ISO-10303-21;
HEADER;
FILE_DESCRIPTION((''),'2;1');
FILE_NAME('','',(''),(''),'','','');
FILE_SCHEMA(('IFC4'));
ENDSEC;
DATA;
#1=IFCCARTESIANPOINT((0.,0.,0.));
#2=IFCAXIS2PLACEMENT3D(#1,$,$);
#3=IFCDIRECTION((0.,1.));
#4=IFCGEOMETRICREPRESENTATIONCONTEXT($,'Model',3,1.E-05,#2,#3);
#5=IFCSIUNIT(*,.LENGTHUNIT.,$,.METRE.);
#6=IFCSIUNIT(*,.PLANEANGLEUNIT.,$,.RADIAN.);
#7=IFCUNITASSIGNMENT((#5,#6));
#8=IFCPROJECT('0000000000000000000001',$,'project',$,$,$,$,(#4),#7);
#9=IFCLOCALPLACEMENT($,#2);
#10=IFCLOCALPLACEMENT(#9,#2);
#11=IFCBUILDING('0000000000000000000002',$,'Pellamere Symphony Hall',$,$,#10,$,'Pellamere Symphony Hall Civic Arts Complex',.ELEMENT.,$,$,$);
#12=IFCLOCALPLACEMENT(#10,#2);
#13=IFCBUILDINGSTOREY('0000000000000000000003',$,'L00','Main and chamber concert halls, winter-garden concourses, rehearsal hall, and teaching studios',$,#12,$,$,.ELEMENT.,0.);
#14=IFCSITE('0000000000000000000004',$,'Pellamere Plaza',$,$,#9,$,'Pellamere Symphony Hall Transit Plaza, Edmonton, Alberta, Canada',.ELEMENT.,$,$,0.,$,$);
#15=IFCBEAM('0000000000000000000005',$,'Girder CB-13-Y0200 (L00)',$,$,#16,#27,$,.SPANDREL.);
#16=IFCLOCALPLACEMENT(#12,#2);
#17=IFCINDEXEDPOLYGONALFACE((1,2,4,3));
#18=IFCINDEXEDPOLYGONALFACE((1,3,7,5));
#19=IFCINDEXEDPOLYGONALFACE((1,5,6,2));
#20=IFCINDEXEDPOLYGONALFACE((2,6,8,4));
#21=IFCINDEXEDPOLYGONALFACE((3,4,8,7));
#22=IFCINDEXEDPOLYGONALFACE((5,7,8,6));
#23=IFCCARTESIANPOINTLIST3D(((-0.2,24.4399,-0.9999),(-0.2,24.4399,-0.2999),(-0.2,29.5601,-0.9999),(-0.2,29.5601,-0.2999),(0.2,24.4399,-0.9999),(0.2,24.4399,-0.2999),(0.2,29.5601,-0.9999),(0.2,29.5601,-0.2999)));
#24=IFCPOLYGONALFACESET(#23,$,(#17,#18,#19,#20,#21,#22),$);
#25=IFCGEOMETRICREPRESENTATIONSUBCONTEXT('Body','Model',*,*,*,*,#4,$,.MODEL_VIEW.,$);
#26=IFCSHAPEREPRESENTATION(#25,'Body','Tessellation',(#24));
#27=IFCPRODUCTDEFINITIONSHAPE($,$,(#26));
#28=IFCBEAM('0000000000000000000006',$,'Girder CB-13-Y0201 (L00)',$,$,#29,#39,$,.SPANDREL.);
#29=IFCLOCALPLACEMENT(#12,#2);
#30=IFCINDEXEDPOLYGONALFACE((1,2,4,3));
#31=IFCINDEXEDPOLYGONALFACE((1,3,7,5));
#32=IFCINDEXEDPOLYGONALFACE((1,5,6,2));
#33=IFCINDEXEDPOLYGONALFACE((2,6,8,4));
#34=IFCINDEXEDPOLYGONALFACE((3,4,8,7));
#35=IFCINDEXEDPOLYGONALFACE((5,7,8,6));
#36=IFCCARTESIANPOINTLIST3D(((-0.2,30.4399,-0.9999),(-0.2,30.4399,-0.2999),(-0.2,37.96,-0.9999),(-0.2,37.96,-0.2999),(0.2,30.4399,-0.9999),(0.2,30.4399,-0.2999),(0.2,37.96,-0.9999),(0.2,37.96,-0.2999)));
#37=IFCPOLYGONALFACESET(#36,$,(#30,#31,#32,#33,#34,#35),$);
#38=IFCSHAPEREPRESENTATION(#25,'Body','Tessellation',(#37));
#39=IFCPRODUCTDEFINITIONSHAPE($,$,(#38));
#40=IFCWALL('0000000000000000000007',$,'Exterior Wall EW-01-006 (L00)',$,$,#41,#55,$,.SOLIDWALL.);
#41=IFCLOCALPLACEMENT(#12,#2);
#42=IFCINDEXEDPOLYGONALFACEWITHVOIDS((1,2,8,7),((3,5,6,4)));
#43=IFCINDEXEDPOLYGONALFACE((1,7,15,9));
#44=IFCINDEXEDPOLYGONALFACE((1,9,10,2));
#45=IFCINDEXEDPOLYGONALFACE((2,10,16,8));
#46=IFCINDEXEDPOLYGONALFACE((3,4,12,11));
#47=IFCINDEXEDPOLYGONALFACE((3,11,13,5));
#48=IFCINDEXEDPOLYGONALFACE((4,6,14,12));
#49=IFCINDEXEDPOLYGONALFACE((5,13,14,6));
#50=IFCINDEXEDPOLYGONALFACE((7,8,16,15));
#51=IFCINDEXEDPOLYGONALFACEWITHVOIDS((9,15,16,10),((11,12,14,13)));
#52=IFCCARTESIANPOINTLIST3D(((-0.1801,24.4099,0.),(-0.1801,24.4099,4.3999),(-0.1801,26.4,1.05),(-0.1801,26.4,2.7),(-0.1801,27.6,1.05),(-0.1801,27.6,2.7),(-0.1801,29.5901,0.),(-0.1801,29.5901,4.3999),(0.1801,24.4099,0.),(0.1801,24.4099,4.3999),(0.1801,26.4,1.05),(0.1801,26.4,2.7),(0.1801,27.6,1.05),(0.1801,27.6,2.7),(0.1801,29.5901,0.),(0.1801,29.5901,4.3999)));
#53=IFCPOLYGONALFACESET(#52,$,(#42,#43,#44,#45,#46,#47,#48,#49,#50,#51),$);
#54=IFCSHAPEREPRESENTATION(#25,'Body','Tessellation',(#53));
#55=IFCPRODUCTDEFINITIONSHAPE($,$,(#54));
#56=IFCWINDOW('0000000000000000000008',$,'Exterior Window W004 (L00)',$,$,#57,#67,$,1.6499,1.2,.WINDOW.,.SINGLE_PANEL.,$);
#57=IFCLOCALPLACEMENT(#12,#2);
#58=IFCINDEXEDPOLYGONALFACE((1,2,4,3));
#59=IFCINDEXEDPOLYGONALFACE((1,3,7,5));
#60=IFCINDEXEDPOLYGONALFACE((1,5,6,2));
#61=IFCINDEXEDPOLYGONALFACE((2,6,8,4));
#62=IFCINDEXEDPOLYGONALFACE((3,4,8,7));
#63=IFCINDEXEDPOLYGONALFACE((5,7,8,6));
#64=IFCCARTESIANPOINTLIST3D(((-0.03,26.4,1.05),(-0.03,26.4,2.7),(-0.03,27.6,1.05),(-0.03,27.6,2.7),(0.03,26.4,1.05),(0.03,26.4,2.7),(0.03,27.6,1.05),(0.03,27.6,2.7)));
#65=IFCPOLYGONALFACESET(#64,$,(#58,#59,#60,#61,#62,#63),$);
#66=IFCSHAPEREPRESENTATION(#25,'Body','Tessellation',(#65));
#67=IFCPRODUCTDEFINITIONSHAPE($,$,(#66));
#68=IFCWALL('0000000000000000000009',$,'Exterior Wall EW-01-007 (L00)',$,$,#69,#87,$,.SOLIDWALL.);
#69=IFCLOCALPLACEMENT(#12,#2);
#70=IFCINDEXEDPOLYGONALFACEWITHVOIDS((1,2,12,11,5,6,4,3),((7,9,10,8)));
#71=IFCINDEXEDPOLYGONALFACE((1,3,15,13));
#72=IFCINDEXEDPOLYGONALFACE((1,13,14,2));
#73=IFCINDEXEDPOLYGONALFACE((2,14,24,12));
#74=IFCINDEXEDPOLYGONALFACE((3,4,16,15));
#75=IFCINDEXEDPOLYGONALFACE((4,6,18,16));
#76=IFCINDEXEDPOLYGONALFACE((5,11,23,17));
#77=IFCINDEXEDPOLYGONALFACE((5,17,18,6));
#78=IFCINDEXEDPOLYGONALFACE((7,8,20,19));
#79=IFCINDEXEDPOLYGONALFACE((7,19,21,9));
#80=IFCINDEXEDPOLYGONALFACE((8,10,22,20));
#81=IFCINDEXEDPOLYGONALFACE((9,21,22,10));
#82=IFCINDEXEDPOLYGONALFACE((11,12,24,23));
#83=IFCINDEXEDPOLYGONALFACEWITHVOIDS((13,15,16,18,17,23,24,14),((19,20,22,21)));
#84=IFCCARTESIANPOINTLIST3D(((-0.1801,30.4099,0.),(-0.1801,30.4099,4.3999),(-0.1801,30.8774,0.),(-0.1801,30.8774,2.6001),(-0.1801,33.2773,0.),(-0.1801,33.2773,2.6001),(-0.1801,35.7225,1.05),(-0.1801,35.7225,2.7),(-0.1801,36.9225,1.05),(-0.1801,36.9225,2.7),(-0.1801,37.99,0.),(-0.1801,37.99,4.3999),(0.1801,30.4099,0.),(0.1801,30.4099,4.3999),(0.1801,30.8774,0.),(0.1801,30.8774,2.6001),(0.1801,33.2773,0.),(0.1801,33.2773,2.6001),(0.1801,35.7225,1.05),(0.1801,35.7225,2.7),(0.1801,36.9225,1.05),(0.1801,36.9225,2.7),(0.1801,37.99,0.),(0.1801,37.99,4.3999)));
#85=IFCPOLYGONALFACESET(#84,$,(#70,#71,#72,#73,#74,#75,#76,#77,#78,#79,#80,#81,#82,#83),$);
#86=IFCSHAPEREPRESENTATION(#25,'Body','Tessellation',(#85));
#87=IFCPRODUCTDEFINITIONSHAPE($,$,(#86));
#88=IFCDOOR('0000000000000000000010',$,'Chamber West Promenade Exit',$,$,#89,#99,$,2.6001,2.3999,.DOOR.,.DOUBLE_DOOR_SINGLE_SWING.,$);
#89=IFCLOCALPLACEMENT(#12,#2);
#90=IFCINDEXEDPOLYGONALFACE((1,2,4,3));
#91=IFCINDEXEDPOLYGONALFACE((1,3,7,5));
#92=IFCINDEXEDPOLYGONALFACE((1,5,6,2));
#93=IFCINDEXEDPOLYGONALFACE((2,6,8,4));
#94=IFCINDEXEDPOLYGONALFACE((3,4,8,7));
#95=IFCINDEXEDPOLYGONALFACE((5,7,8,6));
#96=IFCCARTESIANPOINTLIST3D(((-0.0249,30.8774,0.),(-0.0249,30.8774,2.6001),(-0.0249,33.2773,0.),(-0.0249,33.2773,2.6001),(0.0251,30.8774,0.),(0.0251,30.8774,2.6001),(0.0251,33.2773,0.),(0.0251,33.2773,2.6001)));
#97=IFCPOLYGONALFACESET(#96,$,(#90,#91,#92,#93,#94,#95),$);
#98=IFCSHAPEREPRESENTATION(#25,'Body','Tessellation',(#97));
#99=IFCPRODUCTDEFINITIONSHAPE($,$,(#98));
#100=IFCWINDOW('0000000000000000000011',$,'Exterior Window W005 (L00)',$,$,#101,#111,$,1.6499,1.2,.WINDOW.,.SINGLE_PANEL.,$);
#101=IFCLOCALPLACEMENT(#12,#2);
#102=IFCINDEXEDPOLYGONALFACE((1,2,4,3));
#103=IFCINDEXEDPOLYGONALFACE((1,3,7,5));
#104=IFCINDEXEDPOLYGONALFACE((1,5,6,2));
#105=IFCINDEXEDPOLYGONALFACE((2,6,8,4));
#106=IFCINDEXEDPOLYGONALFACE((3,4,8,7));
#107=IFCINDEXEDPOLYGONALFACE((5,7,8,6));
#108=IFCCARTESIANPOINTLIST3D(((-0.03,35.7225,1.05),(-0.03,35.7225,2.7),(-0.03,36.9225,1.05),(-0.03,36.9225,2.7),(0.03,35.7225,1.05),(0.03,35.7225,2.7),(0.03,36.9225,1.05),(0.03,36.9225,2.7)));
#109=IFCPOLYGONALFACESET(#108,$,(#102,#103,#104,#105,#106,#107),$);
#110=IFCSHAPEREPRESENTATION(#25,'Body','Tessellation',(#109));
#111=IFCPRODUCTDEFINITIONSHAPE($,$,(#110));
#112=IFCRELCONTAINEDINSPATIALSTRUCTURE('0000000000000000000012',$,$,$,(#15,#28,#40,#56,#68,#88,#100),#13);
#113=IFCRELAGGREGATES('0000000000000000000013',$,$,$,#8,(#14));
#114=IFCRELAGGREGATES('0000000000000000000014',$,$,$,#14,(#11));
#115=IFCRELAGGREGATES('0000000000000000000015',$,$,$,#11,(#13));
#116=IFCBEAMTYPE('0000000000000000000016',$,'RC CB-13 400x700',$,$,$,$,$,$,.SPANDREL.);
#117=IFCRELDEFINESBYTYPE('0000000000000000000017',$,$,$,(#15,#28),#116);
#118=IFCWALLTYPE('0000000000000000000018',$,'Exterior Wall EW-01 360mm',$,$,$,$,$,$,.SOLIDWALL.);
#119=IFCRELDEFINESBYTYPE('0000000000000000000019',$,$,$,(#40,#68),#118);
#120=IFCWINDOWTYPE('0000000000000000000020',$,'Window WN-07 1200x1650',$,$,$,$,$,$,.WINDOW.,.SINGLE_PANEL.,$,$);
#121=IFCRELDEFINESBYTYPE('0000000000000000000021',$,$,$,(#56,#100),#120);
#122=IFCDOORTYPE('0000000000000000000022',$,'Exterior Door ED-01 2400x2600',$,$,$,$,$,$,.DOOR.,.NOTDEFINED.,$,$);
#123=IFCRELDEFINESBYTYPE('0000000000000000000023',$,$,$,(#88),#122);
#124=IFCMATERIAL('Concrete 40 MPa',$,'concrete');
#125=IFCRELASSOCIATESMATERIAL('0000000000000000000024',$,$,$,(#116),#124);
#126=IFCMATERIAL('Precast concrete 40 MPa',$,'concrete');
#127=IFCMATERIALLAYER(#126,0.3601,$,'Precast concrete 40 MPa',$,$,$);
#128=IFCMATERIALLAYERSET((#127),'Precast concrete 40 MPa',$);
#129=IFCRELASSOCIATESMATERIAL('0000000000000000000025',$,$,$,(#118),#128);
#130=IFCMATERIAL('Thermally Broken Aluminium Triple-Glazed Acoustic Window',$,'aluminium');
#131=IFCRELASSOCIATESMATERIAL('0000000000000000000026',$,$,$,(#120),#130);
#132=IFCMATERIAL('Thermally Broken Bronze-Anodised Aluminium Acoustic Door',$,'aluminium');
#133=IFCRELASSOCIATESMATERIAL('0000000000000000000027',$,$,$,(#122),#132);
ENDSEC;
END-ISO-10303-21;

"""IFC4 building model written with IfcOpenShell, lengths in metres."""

from ifc_helpers import new_model, si_unit, direction, frame, frame_2d, origin, origin_2d, place, context, subcontext, project, spatial, rectangle, extrude, material, layer, layer_set, material_profile, profile_set, type_object, element, fill, save


model = new_model("IFC4")

# Units and contexts
model_context = context("Model", 3, precision=1e-05, world=origin(), true_north=direction((0.0, 1.0)))
body_context = subcontext(model_context, "Body", "Model", "MODEL_VIEW")
ifc_project = project(units=[si_unit("LENGTHUNIT", "METRE"), si_unit("PLANEANGLEUNIT", "RADIAN")], contexts=[model_context])

# Site, building, storey
site_placement = place(None, origin())
site = spatial("IfcSite", under=ifc_project, at=site_placement, Name="Pellamere Plaza", LongName="Pellamere Symphony Hall Transit Plaza, Edmonton, Alberta, Canada", CompositionType="ELEMENT", RefElevation=0.0)
building_placement = place(site_placement, origin())
building = spatial("IfcBuilding", under=site, at=building_placement, Name="Pellamere Symphony Hall", LongName="Pellamere Symphony Hall Civic Arts Complex", CompositionType="ELEMENT")
storey_placement = place(building_placement, origin())
storey = spatial("IfcBuildingStorey", under=building, at=storey_placement, Name="L00", Description="Main and chamber concert halls, winter-garden concourses, rehearsal hall, and teaching studios", CompositionType="ELEMENT", Elevation=0.0)

# Shared definitions
ifc_material_1 = material(Name="Concrete 40 MPa", Category="concrete")

# Beams
ifc_material_profile_1 = material_profile(ifc_material_1, rectangle(XDim=0.3999, YDim=0.7, at=origin_2d()), Name="RC 400x700")
ifc_profile_set_1 = profile_set([ifc_material_profile_1], Name="Concrete 40 MPa")
beam_type_1 = type_object("IfcBeamType", Name="RC CB-13 400x700", PredefinedType="SPANDREL", material=ifc_profile_set_1)
beam_1_placement = place(storey_placement, frame((0.0, 24.4399, -0.6499), z_axis=(0.0, 1.0, 0.0), x_axis=(-1.0, 0.0, 0.0)))
element("IfcBeam", 1, at=beam_1_placement, inside=storey, type_object=beam_type_1, Name="Girder CB-13-Y0200 (L00)", PredefinedType="SPANDREL", context=body_context, shape_type="SweptSolid", body=[
    extrude(rectangle(XDim=0.3999, YDim=0.7, at=origin_2d()), origin(), (0.0, 0.0, 1.0), 5.1201),
])
beam_2_placement = place(storey_placement, frame((0.0, 30.4399, -0.6499), z_axis=(0.0, 1.0, 0.0), x_axis=(-1.0, 0.0, 0.0)))
element("IfcBeam", 2, at=beam_2_placement, inside=storey, type_object=beam_type_1, Name="Girder CB-13-Y0201 (L00)", PredefinedType="SPANDREL", context=body_context, shape_type="SweptSolid", body=[
    extrude(rectangle(XDim=0.3999, YDim=0.7, at=origin_2d()), origin(), (0.0, 0.0, 1.0), 7.52),
])

# Wall, opening, window
ifc_material_2 = material(Name="Precast concrete 40 MPa", Category="concrete")
ifc_layer = layer(ifc_material_2, 0.3601, Name="Precast concrete 40 MPa")
ifc_layer_set = layer_set([ifc_layer], Name="Precast concrete 40 MPa")
wall_type = type_object("IfcWallType", Name="Exterior Wall EW-01 360mm", PredefinedType="SOLIDWALL", material=ifc_layer_set)
wall_1_placement = place(storey_placement, frame((0.0, 24.4099, 0.0), z_axis=(0.0, 0.0, 1.0), x_axis=(0.0, 1.0, 0.0)))
wall_1 = element("IfcWall", 3, at=wall_1_placement, inside=storey, type_object=wall_type, Name="Exterior Wall EW-01-006 (L00)", PredefinedType="SOLIDWALL", context=body_context, shape_type="SweptSolid", body=[
    extrude(rectangle(XDim=5.1802, YDim=0.3601, at=frame_2d((2.5901, 0.0))), origin(), (0.0, 0.0, 1.0), 4.3999),
])
opening_1_placement = place(wall_1_placement, frame((1.99, 0.0, 1.05)))
opening_1 = element("IfcOpeningElement", 4, at=opening_1_placement, cuts=wall_1, PredefinedType="OPENING", context=body_context, shape_type="SweptSolid", body=[
    extrude(rectangle(XDim=1.2, YDim=1.6499, at=frame_2d((0.6001, 0.825))), frame((0.0, 0.1899, 0.0), z_axis=(0.0, -1.0, 0.0), x_axis=(1.0, 0.0, 0.0)), (0.0, 0.0, 1.0), 0.3801),
])
ifc_material_3 = material(Name="Thermally Broken Aluminium Triple-Glazed Acoustic Window", Category="aluminium")
window_type = type_object("IfcWindowType", Name="Window WN-07 1200x1650", PartitioningType="SINGLE_PANEL", PredefinedType="WINDOW", material=ifc_material_3)
window_1_placement = place(opening_1_placement, origin())
window_1 = element("IfcWindow", 5, at=window_1_placement, inside=storey, type_object=window_type, Name="Exterior Window W004 (L00)", OverallHeight=1.6499, OverallWidth=1.2, PartitioningType="SINGLE_PANEL", PredefinedType="WINDOW", context=body_context, shape_type="SweptSolid", body=[
    extrude(rectangle(XDim=1.2, YDim=1.6499, at=frame_2d((0.6001, 0.825))), frame((0.0, 0.03, 0.0), z_axis=(0.0, -1.0, 0.0), x_axis=(1.0, 0.0, 0.0)), (0.0, 0.0, 1.0), 0.0601),
])
fill(opening_1, window_1)

# Wall, openings, door, window
wall_2_placement = place(storey_placement, frame((0.0, 30.4099, 0.0), z_axis=(0.0, 0.0, 1.0), x_axis=(0.0, 1.0, 0.0)))
wall_2 = element("IfcWall", 6, at=wall_2_placement, inside=storey, type_object=wall_type, Name="Exterior Wall EW-01-007 (L00)", PredefinedType="SOLIDWALL", context=body_context, shape_type="SweptSolid", body=[
    extrude(rectangle(XDim=7.5801, YDim=0.3601, at=frame_2d((3.79, 0.0))), origin(), (0.0, 0.0, 1.0), 4.3999),
])
opening_2_placement = place(wall_2_placement, frame((5.3125, 0.0, 1.05)))
opening_2 = element("IfcOpeningElement", 7, at=opening_2_placement, cuts=wall_2, PredefinedType="OPENING", context=body_context, shape_type="SweptSolid", body=[
    extrude(rectangle(XDim=1.2, YDim=1.6499, at=frame_2d((0.6001, 0.825))), frame((0.0, 0.1899, 0.0), z_axis=(0.0, -1.0, 0.0), x_axis=(1.0, 0.0, 0.0)), (0.0, 0.0, 1.0), 0.3801),
])
opening_3_placement = place(wall_2_placement, frame((0.4675, 0.0, 0.0)))
opening_3 = element("IfcOpeningElement", 8, at=opening_3_placement, cuts=wall_2, PredefinedType="OPENING", context=body_context, shape_type="SweptSolid", body=[
    extrude(rectangle(XDim=2.3999, YDim=2.6001, at=frame_2d((1.2, 1.3))), frame((0.0, 0.1899, 0.0), z_axis=(0.0, -1.0, 0.0), x_axis=(1.0, 0.0, 0.0)), (0.0, 0.0, 1.0), 0.3801),
])
ifc_material_4 = material(Name="Thermally Broken Bronze-Anodised Aluminium Acoustic Door", Category="aluminium")
door_type = type_object("IfcDoorType", Name="Exterior Door ED-01 2400x2600", OperationType="NOTDEFINED", PredefinedType="DOOR", material=ifc_material_4)
door_placement = place(opening_3_placement, origin())
door = element("IfcDoor", 9, at=door_placement, inside=storey, type_object=door_type, Name="Chamber West Promenade Exit", OperationType="DOUBLE_DOOR_SINGLE_SWING", OverallHeight=2.6001, OverallWidth=2.3999, PredefinedType="DOOR", context=body_context, shape_type="SweptSolid", body=[
    extrude(rectangle(XDim=2.3999, YDim=2.6001, at=frame_2d((1.2, 1.3))), frame((0.0, 0.0249, 0.0), z_axis=(0.0, -1.0, 0.0), x_axis=(1.0, 0.0, 0.0)), (0.0, 0.0, 1.0), 0.05),
])
fill(opening_3, door)
window_2_placement = place(opening_2_placement, origin())
window_2 = element("IfcWindow", 10, at=window_2_placement, inside=storey, type_object=window_type, Name="Exterior Window W005 (L00)", OverallHeight=1.6499, OverallWidth=1.2, PartitioningType="SINGLE_PANEL", PredefinedType="WINDOW", context=body_context, shape_type="SweptSolid", body=[
    extrude(rectangle(XDim=1.2, YDim=1.6499, at=frame_2d((0.6001, 0.825))), frame((0.0, 0.03, 0.0), z_axis=(0.0, -1.0, 0.0), x_axis=(1.0, 0.0, 0.0)), (0.0, 0.0, 1.0), 0.0601),
])
fill(opening_2, window_2)

save(model, "model.ifc")
